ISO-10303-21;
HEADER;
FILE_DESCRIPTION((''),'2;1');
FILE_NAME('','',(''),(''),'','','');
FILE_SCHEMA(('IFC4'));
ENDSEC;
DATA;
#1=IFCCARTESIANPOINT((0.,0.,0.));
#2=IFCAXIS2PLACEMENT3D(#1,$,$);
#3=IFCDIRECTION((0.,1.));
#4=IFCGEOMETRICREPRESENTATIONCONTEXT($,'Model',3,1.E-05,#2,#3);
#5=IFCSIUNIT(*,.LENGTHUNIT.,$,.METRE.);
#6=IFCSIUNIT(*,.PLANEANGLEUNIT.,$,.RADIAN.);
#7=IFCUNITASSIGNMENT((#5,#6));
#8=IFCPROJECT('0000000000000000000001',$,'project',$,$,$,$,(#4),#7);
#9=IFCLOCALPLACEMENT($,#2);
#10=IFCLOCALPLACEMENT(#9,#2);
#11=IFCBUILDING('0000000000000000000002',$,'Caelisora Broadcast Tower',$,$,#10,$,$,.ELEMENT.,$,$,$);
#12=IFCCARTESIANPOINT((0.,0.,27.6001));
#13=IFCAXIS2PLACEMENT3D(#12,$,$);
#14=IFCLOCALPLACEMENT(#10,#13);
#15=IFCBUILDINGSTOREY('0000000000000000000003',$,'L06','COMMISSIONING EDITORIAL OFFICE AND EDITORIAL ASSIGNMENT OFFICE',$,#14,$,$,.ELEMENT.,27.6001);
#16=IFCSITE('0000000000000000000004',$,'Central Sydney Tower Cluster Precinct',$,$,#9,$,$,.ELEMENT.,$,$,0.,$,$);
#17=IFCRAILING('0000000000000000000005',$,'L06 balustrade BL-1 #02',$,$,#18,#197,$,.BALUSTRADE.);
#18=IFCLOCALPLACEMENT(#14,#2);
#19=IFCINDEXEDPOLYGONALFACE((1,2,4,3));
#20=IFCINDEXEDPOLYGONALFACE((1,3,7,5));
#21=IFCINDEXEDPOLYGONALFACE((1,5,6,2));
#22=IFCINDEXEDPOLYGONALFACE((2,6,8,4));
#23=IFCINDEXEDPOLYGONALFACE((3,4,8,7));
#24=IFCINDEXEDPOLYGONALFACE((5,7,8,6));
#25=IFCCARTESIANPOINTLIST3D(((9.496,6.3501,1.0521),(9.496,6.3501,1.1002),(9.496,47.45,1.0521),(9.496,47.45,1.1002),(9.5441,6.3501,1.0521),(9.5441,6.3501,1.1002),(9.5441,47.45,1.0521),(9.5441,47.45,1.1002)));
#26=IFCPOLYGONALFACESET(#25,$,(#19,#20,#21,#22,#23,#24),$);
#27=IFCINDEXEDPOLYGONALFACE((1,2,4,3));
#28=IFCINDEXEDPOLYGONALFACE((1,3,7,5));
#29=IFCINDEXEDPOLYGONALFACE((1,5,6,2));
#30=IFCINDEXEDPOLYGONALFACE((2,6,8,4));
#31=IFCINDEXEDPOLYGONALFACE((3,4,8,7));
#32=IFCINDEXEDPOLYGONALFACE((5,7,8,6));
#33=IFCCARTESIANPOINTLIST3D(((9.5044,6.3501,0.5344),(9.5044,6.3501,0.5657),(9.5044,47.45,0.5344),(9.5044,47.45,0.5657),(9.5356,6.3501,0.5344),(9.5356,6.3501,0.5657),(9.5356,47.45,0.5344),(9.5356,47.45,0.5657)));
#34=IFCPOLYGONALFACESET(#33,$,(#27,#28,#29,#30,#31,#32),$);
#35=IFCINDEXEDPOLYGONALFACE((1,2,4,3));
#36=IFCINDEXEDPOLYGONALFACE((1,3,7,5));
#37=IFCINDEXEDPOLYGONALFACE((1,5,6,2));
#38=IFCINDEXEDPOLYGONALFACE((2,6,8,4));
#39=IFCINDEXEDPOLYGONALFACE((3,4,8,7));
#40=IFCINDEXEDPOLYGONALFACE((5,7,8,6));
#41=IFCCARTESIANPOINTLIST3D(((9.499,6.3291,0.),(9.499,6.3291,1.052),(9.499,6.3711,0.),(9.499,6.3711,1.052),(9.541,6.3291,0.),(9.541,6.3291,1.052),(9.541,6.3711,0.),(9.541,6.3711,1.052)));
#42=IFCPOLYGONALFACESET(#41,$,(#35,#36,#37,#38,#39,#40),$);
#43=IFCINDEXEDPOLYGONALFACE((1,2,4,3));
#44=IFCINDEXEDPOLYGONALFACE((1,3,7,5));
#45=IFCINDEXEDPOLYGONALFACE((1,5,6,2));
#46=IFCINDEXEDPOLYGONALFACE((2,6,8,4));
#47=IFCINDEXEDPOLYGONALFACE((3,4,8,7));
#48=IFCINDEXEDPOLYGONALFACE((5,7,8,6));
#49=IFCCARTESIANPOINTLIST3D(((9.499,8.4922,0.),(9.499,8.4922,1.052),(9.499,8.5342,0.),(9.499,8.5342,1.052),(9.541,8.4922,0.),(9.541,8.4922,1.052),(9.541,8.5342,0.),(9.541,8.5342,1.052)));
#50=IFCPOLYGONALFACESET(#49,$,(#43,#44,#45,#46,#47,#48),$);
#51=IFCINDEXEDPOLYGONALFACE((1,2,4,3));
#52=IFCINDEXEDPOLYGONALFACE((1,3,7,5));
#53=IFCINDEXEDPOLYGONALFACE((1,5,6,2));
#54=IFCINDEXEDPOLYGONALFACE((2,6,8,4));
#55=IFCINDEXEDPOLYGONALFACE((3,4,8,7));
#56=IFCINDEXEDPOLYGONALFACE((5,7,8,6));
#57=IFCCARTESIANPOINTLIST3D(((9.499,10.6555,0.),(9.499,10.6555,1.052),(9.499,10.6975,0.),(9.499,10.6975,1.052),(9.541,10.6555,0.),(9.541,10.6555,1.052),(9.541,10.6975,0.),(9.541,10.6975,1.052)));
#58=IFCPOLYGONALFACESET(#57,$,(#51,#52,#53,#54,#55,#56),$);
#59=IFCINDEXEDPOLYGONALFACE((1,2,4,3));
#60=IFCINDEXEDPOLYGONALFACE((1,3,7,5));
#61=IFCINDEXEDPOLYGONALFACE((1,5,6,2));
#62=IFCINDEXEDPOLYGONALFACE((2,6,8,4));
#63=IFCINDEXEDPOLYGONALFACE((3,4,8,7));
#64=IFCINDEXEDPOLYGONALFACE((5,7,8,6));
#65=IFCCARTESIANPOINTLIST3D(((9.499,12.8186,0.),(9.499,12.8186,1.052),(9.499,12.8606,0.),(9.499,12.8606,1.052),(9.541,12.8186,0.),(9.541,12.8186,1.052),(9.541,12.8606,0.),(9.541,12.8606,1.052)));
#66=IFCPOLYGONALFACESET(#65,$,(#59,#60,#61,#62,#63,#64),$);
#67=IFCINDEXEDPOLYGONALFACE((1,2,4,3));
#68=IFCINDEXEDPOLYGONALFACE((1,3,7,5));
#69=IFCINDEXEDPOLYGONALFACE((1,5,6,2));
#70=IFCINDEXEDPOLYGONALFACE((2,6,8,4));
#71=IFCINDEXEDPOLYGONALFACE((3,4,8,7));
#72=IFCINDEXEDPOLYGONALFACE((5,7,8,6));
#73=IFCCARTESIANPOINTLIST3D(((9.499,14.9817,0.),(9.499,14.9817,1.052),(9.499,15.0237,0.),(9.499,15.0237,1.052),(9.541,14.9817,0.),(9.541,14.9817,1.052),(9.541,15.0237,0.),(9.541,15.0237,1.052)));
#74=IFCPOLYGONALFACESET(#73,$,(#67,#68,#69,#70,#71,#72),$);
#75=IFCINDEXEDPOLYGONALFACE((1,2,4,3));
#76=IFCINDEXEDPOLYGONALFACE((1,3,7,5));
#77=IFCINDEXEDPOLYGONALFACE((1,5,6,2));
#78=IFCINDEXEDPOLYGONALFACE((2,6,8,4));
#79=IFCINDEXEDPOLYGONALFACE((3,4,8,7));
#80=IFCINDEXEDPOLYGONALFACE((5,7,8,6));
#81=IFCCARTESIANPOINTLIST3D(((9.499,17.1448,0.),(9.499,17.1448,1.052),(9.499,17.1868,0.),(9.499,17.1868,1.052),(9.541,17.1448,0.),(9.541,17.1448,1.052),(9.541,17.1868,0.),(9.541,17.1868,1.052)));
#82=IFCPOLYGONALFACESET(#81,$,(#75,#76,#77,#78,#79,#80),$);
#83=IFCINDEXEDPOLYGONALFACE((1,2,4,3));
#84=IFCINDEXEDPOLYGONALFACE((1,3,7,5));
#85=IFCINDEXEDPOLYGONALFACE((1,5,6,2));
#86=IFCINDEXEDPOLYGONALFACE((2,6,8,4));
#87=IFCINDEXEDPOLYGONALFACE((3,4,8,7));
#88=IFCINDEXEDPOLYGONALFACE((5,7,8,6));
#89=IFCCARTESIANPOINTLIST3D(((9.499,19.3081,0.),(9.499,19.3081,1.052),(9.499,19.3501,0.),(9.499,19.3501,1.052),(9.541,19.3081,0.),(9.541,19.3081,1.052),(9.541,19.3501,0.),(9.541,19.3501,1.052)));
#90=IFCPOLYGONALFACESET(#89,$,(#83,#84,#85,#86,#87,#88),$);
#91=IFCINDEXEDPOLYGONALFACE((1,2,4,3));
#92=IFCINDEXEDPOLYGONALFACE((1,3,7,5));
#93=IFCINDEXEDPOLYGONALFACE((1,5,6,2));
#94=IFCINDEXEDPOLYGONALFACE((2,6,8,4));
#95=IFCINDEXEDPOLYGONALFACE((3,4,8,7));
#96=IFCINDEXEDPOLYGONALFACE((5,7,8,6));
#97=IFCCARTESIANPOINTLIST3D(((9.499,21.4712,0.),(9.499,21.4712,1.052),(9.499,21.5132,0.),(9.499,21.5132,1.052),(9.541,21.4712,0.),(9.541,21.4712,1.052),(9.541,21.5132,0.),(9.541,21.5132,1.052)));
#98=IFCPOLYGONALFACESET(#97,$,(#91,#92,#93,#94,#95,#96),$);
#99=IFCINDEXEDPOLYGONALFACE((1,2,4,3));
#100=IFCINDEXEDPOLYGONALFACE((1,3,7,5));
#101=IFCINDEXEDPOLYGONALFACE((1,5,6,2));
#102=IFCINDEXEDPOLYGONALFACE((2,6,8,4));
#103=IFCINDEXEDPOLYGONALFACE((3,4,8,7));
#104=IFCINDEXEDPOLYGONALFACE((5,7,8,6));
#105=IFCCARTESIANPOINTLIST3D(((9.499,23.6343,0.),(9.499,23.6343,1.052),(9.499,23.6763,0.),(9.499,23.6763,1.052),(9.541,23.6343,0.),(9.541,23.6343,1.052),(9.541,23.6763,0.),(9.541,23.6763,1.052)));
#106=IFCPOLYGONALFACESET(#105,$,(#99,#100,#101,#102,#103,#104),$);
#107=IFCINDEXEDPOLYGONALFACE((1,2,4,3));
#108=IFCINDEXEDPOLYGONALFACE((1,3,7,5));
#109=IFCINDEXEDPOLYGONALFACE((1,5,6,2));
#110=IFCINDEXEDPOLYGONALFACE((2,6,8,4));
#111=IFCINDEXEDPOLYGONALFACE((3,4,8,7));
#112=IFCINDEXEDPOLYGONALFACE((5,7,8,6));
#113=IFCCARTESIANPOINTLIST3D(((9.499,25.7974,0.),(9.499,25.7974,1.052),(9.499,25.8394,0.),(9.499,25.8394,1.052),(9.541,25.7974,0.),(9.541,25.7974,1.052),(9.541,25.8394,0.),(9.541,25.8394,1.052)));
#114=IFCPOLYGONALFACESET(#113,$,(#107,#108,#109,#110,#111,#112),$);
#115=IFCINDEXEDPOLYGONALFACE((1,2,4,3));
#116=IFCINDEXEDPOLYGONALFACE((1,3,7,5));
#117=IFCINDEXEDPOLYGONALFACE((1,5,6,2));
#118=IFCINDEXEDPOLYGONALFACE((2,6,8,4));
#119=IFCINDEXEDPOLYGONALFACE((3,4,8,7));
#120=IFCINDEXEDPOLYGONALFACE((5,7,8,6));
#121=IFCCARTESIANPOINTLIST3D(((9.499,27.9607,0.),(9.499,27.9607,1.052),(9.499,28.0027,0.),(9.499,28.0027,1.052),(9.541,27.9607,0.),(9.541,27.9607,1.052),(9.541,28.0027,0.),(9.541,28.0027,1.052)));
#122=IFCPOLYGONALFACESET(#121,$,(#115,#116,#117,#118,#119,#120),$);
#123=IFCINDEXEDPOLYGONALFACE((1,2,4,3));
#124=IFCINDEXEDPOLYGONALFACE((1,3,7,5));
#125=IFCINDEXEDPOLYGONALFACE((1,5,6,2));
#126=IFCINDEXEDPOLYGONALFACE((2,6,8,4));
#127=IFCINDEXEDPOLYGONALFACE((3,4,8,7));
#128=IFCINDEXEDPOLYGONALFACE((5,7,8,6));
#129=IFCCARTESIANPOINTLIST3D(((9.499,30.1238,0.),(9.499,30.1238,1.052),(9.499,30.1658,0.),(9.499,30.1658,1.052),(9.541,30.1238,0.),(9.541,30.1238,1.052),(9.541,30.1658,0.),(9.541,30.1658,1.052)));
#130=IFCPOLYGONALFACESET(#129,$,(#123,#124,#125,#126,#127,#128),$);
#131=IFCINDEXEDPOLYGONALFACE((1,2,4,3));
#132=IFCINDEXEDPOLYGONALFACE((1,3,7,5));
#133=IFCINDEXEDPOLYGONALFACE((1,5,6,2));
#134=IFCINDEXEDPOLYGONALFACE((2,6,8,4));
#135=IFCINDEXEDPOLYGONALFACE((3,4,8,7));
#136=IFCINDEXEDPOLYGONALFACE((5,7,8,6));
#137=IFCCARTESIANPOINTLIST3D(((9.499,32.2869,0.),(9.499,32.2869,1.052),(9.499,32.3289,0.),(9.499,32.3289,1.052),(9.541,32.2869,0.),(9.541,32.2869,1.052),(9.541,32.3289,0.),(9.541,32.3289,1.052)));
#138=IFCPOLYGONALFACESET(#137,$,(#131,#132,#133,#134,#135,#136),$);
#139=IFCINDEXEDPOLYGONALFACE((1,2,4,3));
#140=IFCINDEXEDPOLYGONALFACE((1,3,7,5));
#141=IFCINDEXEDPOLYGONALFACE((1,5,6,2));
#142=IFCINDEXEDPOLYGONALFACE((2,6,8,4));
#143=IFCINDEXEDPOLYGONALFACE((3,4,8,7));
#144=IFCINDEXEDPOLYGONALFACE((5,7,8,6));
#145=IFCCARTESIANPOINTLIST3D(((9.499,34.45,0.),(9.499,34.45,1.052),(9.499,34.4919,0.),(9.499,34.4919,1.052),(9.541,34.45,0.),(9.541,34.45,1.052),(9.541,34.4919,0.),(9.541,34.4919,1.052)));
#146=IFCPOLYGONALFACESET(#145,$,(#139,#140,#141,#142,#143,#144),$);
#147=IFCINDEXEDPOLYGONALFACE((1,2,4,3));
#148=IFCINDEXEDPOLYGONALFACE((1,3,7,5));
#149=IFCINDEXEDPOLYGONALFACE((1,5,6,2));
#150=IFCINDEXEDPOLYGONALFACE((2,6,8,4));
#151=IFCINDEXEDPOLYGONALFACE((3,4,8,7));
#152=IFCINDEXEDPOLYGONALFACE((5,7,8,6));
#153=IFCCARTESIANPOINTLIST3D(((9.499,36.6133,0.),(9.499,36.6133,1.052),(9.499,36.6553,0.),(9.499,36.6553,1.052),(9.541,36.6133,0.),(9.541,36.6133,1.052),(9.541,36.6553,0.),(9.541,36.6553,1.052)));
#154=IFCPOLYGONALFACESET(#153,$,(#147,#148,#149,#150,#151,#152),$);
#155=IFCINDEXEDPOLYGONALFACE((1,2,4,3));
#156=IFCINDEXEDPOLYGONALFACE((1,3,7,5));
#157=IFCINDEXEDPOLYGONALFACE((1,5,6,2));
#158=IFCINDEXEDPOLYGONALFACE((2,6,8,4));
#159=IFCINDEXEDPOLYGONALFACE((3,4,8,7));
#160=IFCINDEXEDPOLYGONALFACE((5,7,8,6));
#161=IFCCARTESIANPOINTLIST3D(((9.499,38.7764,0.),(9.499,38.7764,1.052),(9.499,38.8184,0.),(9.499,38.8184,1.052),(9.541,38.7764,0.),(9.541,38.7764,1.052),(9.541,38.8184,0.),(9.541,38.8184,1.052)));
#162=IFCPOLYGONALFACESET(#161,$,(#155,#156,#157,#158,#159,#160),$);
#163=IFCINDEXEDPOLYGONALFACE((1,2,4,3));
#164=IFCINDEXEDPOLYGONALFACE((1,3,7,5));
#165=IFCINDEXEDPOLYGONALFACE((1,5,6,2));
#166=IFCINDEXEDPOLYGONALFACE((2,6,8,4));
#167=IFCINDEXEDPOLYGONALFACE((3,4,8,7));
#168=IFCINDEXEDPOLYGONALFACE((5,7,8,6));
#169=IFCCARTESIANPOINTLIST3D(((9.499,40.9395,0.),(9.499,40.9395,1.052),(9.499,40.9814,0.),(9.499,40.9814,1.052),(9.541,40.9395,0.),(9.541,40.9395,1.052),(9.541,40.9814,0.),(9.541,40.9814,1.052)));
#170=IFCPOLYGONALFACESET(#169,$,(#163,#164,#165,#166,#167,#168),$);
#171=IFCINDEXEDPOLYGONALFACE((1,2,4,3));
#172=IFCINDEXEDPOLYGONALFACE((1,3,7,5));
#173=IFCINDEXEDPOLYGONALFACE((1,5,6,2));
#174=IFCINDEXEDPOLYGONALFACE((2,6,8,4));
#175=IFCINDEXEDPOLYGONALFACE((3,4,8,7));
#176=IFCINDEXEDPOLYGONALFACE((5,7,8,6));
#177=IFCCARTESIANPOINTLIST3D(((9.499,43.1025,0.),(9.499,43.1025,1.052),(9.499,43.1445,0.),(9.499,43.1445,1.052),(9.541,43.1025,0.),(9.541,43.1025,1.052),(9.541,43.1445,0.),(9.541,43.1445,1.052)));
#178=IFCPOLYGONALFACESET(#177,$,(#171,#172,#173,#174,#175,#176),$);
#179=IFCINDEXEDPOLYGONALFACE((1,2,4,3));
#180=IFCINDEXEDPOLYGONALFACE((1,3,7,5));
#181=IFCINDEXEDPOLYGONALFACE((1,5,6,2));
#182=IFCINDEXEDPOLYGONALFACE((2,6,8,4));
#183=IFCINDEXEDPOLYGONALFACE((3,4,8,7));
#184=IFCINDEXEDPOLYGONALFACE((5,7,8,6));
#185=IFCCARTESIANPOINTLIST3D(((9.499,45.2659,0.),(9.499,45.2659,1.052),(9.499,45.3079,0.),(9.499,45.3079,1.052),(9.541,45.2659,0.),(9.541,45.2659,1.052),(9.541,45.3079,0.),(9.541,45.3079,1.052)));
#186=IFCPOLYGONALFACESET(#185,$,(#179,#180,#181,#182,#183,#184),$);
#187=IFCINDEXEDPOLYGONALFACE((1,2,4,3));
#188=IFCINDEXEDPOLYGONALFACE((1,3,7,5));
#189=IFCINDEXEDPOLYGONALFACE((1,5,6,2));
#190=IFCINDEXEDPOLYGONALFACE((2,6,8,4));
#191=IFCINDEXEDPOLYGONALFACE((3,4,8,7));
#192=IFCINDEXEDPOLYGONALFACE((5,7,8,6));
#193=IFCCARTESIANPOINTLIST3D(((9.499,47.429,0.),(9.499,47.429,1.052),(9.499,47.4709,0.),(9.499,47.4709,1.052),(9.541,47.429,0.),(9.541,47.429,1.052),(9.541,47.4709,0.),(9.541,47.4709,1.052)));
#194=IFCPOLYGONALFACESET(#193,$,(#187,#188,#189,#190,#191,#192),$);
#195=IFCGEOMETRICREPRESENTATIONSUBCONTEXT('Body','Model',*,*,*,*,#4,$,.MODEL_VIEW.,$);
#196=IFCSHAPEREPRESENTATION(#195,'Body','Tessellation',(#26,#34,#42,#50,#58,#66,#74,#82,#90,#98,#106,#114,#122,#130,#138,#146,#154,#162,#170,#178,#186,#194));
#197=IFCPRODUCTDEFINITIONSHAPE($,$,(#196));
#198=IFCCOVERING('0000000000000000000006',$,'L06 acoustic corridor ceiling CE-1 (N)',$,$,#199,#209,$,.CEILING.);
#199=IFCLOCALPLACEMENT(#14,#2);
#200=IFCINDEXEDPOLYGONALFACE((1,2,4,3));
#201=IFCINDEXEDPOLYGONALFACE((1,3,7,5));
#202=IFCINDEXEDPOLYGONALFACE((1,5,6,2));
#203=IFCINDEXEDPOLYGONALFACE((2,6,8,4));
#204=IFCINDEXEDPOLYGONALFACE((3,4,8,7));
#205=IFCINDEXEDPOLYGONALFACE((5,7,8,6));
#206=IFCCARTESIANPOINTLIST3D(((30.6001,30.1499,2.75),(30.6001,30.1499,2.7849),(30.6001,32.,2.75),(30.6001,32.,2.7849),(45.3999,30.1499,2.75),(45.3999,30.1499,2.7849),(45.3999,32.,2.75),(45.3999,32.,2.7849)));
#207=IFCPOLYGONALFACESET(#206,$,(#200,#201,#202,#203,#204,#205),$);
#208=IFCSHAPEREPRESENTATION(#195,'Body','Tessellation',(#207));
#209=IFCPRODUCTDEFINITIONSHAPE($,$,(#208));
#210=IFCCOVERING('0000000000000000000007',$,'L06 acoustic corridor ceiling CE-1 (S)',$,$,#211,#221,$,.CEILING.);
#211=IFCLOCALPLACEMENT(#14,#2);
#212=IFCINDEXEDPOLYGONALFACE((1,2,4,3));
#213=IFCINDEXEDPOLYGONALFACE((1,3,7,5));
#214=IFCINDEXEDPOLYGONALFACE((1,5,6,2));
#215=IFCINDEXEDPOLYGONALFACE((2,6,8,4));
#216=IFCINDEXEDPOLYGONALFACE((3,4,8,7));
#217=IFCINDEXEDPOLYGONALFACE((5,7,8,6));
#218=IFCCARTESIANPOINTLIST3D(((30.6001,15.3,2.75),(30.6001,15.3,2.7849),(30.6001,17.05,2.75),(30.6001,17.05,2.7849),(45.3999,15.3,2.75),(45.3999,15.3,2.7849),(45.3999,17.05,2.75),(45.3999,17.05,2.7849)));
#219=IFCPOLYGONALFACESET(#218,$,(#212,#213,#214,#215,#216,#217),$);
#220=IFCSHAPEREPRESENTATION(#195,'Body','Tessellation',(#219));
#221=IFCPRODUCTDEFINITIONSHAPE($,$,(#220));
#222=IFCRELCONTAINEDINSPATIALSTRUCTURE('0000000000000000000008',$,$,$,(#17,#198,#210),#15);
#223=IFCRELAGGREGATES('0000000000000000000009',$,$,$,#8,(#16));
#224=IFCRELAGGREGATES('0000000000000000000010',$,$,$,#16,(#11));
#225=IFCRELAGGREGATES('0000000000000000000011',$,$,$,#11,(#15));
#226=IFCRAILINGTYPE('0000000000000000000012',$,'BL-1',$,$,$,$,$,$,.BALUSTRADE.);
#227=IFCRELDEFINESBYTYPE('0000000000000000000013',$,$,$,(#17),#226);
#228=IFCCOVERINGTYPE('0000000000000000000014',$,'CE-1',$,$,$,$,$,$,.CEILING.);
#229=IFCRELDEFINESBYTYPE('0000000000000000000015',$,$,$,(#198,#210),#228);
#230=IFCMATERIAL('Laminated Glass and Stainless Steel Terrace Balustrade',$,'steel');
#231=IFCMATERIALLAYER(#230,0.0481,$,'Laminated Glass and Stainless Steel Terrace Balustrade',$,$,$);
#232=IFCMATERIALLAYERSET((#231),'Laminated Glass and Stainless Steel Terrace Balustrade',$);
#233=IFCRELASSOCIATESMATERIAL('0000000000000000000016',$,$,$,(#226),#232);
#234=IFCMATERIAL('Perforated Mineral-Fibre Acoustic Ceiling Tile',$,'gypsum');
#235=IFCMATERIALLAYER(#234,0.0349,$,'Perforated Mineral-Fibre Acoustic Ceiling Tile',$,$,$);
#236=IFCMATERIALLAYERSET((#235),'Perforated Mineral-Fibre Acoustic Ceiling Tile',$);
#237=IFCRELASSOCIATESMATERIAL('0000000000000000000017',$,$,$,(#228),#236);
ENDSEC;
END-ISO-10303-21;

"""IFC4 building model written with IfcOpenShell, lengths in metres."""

from ifc_helpers import new_model, si_unit, direction, frame, origin, origin_2d, place, context, subcontext, project, spatial, polyline, rectangle, outline, extrude, material, layer, layer_set, type_object, element, save


model = new_model("IFC4")

# Units and contexts
model_context = context("Model", 3, precision=1e-05, world=origin(), true_north=direction((0.0, 1.0)))
body_context = subcontext(model_context, "Body", "Model", "MODEL_VIEW")
ifc_project = project(units=[si_unit("LENGTHUNIT", "METRE"), si_unit("PLANEANGLEUNIT", "RADIAN")], contexts=[model_context])

# Site, building, storey
site_placement = place(None, origin())
site = spatial("IfcSite", under=ifc_project, at=site_placement, Name="Central Sydney Tower Cluster Precinct", CompositionType="ELEMENT", RefElevation=0.0)
building_placement = place(site_placement, origin())
building = spatial("IfcBuilding", under=site, at=building_placement, Name="Caelisora Broadcast Tower", CompositionType="ELEMENT")
storey_placement = place(building_placement, frame((0.0, 0.0, 27.6001)))
storey = spatial("IfcBuildingStorey", under=building, at=storey_placement, Name="L06", Description="COMMISSIONING EDITORIAL OFFICE AND EDITORIAL ASSIGNMENT OFFICE", CompositionType="ELEMENT", Elevation=27.6001)

# Railing
ifc_material_1 = material(Name="Laminated Glass and Stainless Steel Terrace Balustrade", Category="steel")
ifc_layer_1 = layer(ifc_material_1, 0.0481, Name="Laminated Glass and Stainless Steel Terrace Balustrade")
ifc_layer_set_1 = layer_set([ifc_layer_1], Name="Laminated Glass and Stainless Steel Terrace Balustrade")
railing_type = type_object("IfcRailingType", Name="BL-1", PredefinedType="BALUSTRADE", material=ifc_layer_set_1)
railing_1_placement = place(storey_placement, frame((9.52, 6.3501, 0.0)))
element("IfcRailing", 1, at=railing_1_placement, inside=storey, type_object=railing_type, Name="L06 balustrade BL-1 #02", PredefinedType="BALUSTRADE", context=body_context, shape_type="SweptSolid", body=[
    extrude(rectangle(XDim=0.0481, YDim=0.0481, at=origin_2d()), frame((0.0, 0.0, 1.0762), z_axis=(0.0, 1.0, 0.0), x_axis=(-1.0, 0.0, 0.0)), (0.0, 0.0, 1.0), 41.0999),
    extrude(rectangle(XDim=0.0312, YDim=0.0312, at=origin_2d()), frame((0.0, 0.0, 0.55), z_axis=(0.0, 1.0, 0.0), x_axis=(-1.0, 0.0, 0.0)), (0.0, 0.0, 1.0), 41.0999),
    extrude(rectangle(XDim=0.042, YDim=0.042, at=origin_2d()), origin(), (0.0, 0.0, 1.0), 1.052),
    extrude(rectangle(XDim=0.042, YDim=0.042, at=origin_2d()), frame((0.0, 2.1631, 0.0)), (0.0, 0.0, 1.0), 1.052),
    extrude(rectangle(XDim=0.042, YDim=0.042, at=origin_2d()), frame((0.0, 4.3264, 0.0)), (0.0, 0.0, 1.0), 1.052),
    extrude(rectangle(XDim=0.042, YDim=0.042, at=origin_2d()), frame((0.0, 6.4895, 0.0)), (0.0, 0.0, 1.0), 1.052),
    extrude(rectangle(XDim=0.042, YDim=0.042, at=origin_2d()), frame((0.0, 8.6526, 0.0)), (0.0, 0.0, 1.0), 1.052),
    extrude(rectangle(XDim=0.042, YDim=0.042, at=origin_2d()), frame((0.0, 10.8157, 0.0)), (0.0, 0.0, 1.0), 1.052),
    extrude(rectangle(XDim=0.042, YDim=0.042, at=origin_2d()), frame((0.0, 12.979, 0.0)), (0.0, 0.0, 1.0), 1.052),
    extrude(rectangle(XDim=0.042, YDim=0.042, at=origin_2d()), frame((0.0, 15.1421, 0.0)), (0.0, 0.0, 1.0), 1.052),
    extrude(rectangle(XDim=0.042, YDim=0.042, at=origin_2d()), frame((0.0, 17.3052, 0.0)), (0.0, 0.0, 1.0), 1.052),
    extrude(rectangle(XDim=0.042, YDim=0.042, at=origin_2d()), frame((0.0, 19.4683, 0.0)), (0.0, 0.0, 1.0), 1.052),
    extrude(rectangle(XDim=0.042, YDim=0.042, at=origin_2d()), frame((0.0, 21.6316, 0.0)), (0.0, 0.0, 1.0), 1.052),
    extrude(rectangle(XDim=0.042, YDim=0.042, at=origin_2d()), frame((0.0, 23.7947, 0.0)), (0.0, 0.0, 1.0), 1.052),
    extrude(rectangle(XDim=0.042, YDim=0.042, at=origin_2d()), frame((0.0, 25.9578, 0.0)), (0.0, 0.0, 1.0), 1.052),
    extrude(rectangle(XDim=0.042, YDim=0.042, at=origin_2d()), frame((0.0, 28.1208, 0.0)), (0.0, 0.0, 1.0), 1.052),
    extrude(rectangle(XDim=0.042, YDim=0.042, at=origin_2d()), frame((0.0, 30.2842, 0.0)), (0.0, 0.0, 1.0), 1.052),
    extrude(rectangle(XDim=0.042, YDim=0.042, at=origin_2d()), frame((0.0, 32.4473, 0.0)), (0.0, 0.0, 1.0), 1.052),
    extrude(rectangle(XDim=0.042, YDim=0.042, at=origin_2d()), frame((0.0, 34.6104, 0.0)), (0.0, 0.0, 1.0), 1.052),
    extrude(rectangle(XDim=0.042, YDim=0.042, at=origin_2d()), frame((0.0, 36.7734, 0.0)), (0.0, 0.0, 1.0), 1.052),
    extrude(rectangle(XDim=0.042, YDim=0.042, at=origin_2d()), frame((0.0, 38.9368, 0.0)), (0.0, 0.0, 1.0), 1.052),
    extrude(rectangle(XDim=0.042, YDim=0.042, at=origin_2d()), frame((0.0, 41.0999, 0.0)), (0.0, 0.0, 1.0), 1.052),
])

# Coverings
ifc_material_2 = material(Name="Perforated Mineral-Fibre Acoustic Ceiling Tile", Category="gypsum")
ifc_layer_2 = layer(ifc_material_2, 0.0349, Name="Perforated Mineral-Fibre Acoustic Ceiling Tile")
ifc_layer_set_2 = layer_set([ifc_layer_2], Name="Perforated Mineral-Fibre Acoustic Ceiling Tile")
covering_type_1 = type_object("IfcCoveringType", Name="CE-1", PredefinedType="CEILING", material=ifc_layer_set_2)
covering_1_placement = place(storey_placement, frame((0.0, 0.0, 2.75)))
element("IfcCovering", 2, at=covering_1_placement, inside=storey, type_object=covering_type_1, Name="L06 acoustic corridor ceiling CE-1 (N)", PredefinedType="CEILING", context=body_context, shape_type="SweptSolid", body=[
    extrude(outline(polyline([(30.6001, 30.1499), (45.3999, 30.1499), (45.3999, 32.0), (30.6001, 32.0), (30.6001, 30.1499)])), origin(), (0.0, 0.0, 1.0), 0.0349),
])
covering_2_placement = place(storey_placement, frame((0.0, 0.0, 2.75)))
element("IfcCovering", 3, at=covering_2_placement, inside=storey, type_object=covering_type_1, Name="L06 acoustic corridor ceiling CE-1 (S)", PredefinedType="CEILING", context=body_context, shape_type="SweptSolid", body=[
    extrude(outline(polyline([(30.6001, 15.3), (45.3999, 15.3), (45.3999, 17.05), (30.6001, 17.05), (30.6001, 15.3)])), origin(), (0.0, 0.0, 1.0), 0.0349),
])

save(model, "model.ifc")
